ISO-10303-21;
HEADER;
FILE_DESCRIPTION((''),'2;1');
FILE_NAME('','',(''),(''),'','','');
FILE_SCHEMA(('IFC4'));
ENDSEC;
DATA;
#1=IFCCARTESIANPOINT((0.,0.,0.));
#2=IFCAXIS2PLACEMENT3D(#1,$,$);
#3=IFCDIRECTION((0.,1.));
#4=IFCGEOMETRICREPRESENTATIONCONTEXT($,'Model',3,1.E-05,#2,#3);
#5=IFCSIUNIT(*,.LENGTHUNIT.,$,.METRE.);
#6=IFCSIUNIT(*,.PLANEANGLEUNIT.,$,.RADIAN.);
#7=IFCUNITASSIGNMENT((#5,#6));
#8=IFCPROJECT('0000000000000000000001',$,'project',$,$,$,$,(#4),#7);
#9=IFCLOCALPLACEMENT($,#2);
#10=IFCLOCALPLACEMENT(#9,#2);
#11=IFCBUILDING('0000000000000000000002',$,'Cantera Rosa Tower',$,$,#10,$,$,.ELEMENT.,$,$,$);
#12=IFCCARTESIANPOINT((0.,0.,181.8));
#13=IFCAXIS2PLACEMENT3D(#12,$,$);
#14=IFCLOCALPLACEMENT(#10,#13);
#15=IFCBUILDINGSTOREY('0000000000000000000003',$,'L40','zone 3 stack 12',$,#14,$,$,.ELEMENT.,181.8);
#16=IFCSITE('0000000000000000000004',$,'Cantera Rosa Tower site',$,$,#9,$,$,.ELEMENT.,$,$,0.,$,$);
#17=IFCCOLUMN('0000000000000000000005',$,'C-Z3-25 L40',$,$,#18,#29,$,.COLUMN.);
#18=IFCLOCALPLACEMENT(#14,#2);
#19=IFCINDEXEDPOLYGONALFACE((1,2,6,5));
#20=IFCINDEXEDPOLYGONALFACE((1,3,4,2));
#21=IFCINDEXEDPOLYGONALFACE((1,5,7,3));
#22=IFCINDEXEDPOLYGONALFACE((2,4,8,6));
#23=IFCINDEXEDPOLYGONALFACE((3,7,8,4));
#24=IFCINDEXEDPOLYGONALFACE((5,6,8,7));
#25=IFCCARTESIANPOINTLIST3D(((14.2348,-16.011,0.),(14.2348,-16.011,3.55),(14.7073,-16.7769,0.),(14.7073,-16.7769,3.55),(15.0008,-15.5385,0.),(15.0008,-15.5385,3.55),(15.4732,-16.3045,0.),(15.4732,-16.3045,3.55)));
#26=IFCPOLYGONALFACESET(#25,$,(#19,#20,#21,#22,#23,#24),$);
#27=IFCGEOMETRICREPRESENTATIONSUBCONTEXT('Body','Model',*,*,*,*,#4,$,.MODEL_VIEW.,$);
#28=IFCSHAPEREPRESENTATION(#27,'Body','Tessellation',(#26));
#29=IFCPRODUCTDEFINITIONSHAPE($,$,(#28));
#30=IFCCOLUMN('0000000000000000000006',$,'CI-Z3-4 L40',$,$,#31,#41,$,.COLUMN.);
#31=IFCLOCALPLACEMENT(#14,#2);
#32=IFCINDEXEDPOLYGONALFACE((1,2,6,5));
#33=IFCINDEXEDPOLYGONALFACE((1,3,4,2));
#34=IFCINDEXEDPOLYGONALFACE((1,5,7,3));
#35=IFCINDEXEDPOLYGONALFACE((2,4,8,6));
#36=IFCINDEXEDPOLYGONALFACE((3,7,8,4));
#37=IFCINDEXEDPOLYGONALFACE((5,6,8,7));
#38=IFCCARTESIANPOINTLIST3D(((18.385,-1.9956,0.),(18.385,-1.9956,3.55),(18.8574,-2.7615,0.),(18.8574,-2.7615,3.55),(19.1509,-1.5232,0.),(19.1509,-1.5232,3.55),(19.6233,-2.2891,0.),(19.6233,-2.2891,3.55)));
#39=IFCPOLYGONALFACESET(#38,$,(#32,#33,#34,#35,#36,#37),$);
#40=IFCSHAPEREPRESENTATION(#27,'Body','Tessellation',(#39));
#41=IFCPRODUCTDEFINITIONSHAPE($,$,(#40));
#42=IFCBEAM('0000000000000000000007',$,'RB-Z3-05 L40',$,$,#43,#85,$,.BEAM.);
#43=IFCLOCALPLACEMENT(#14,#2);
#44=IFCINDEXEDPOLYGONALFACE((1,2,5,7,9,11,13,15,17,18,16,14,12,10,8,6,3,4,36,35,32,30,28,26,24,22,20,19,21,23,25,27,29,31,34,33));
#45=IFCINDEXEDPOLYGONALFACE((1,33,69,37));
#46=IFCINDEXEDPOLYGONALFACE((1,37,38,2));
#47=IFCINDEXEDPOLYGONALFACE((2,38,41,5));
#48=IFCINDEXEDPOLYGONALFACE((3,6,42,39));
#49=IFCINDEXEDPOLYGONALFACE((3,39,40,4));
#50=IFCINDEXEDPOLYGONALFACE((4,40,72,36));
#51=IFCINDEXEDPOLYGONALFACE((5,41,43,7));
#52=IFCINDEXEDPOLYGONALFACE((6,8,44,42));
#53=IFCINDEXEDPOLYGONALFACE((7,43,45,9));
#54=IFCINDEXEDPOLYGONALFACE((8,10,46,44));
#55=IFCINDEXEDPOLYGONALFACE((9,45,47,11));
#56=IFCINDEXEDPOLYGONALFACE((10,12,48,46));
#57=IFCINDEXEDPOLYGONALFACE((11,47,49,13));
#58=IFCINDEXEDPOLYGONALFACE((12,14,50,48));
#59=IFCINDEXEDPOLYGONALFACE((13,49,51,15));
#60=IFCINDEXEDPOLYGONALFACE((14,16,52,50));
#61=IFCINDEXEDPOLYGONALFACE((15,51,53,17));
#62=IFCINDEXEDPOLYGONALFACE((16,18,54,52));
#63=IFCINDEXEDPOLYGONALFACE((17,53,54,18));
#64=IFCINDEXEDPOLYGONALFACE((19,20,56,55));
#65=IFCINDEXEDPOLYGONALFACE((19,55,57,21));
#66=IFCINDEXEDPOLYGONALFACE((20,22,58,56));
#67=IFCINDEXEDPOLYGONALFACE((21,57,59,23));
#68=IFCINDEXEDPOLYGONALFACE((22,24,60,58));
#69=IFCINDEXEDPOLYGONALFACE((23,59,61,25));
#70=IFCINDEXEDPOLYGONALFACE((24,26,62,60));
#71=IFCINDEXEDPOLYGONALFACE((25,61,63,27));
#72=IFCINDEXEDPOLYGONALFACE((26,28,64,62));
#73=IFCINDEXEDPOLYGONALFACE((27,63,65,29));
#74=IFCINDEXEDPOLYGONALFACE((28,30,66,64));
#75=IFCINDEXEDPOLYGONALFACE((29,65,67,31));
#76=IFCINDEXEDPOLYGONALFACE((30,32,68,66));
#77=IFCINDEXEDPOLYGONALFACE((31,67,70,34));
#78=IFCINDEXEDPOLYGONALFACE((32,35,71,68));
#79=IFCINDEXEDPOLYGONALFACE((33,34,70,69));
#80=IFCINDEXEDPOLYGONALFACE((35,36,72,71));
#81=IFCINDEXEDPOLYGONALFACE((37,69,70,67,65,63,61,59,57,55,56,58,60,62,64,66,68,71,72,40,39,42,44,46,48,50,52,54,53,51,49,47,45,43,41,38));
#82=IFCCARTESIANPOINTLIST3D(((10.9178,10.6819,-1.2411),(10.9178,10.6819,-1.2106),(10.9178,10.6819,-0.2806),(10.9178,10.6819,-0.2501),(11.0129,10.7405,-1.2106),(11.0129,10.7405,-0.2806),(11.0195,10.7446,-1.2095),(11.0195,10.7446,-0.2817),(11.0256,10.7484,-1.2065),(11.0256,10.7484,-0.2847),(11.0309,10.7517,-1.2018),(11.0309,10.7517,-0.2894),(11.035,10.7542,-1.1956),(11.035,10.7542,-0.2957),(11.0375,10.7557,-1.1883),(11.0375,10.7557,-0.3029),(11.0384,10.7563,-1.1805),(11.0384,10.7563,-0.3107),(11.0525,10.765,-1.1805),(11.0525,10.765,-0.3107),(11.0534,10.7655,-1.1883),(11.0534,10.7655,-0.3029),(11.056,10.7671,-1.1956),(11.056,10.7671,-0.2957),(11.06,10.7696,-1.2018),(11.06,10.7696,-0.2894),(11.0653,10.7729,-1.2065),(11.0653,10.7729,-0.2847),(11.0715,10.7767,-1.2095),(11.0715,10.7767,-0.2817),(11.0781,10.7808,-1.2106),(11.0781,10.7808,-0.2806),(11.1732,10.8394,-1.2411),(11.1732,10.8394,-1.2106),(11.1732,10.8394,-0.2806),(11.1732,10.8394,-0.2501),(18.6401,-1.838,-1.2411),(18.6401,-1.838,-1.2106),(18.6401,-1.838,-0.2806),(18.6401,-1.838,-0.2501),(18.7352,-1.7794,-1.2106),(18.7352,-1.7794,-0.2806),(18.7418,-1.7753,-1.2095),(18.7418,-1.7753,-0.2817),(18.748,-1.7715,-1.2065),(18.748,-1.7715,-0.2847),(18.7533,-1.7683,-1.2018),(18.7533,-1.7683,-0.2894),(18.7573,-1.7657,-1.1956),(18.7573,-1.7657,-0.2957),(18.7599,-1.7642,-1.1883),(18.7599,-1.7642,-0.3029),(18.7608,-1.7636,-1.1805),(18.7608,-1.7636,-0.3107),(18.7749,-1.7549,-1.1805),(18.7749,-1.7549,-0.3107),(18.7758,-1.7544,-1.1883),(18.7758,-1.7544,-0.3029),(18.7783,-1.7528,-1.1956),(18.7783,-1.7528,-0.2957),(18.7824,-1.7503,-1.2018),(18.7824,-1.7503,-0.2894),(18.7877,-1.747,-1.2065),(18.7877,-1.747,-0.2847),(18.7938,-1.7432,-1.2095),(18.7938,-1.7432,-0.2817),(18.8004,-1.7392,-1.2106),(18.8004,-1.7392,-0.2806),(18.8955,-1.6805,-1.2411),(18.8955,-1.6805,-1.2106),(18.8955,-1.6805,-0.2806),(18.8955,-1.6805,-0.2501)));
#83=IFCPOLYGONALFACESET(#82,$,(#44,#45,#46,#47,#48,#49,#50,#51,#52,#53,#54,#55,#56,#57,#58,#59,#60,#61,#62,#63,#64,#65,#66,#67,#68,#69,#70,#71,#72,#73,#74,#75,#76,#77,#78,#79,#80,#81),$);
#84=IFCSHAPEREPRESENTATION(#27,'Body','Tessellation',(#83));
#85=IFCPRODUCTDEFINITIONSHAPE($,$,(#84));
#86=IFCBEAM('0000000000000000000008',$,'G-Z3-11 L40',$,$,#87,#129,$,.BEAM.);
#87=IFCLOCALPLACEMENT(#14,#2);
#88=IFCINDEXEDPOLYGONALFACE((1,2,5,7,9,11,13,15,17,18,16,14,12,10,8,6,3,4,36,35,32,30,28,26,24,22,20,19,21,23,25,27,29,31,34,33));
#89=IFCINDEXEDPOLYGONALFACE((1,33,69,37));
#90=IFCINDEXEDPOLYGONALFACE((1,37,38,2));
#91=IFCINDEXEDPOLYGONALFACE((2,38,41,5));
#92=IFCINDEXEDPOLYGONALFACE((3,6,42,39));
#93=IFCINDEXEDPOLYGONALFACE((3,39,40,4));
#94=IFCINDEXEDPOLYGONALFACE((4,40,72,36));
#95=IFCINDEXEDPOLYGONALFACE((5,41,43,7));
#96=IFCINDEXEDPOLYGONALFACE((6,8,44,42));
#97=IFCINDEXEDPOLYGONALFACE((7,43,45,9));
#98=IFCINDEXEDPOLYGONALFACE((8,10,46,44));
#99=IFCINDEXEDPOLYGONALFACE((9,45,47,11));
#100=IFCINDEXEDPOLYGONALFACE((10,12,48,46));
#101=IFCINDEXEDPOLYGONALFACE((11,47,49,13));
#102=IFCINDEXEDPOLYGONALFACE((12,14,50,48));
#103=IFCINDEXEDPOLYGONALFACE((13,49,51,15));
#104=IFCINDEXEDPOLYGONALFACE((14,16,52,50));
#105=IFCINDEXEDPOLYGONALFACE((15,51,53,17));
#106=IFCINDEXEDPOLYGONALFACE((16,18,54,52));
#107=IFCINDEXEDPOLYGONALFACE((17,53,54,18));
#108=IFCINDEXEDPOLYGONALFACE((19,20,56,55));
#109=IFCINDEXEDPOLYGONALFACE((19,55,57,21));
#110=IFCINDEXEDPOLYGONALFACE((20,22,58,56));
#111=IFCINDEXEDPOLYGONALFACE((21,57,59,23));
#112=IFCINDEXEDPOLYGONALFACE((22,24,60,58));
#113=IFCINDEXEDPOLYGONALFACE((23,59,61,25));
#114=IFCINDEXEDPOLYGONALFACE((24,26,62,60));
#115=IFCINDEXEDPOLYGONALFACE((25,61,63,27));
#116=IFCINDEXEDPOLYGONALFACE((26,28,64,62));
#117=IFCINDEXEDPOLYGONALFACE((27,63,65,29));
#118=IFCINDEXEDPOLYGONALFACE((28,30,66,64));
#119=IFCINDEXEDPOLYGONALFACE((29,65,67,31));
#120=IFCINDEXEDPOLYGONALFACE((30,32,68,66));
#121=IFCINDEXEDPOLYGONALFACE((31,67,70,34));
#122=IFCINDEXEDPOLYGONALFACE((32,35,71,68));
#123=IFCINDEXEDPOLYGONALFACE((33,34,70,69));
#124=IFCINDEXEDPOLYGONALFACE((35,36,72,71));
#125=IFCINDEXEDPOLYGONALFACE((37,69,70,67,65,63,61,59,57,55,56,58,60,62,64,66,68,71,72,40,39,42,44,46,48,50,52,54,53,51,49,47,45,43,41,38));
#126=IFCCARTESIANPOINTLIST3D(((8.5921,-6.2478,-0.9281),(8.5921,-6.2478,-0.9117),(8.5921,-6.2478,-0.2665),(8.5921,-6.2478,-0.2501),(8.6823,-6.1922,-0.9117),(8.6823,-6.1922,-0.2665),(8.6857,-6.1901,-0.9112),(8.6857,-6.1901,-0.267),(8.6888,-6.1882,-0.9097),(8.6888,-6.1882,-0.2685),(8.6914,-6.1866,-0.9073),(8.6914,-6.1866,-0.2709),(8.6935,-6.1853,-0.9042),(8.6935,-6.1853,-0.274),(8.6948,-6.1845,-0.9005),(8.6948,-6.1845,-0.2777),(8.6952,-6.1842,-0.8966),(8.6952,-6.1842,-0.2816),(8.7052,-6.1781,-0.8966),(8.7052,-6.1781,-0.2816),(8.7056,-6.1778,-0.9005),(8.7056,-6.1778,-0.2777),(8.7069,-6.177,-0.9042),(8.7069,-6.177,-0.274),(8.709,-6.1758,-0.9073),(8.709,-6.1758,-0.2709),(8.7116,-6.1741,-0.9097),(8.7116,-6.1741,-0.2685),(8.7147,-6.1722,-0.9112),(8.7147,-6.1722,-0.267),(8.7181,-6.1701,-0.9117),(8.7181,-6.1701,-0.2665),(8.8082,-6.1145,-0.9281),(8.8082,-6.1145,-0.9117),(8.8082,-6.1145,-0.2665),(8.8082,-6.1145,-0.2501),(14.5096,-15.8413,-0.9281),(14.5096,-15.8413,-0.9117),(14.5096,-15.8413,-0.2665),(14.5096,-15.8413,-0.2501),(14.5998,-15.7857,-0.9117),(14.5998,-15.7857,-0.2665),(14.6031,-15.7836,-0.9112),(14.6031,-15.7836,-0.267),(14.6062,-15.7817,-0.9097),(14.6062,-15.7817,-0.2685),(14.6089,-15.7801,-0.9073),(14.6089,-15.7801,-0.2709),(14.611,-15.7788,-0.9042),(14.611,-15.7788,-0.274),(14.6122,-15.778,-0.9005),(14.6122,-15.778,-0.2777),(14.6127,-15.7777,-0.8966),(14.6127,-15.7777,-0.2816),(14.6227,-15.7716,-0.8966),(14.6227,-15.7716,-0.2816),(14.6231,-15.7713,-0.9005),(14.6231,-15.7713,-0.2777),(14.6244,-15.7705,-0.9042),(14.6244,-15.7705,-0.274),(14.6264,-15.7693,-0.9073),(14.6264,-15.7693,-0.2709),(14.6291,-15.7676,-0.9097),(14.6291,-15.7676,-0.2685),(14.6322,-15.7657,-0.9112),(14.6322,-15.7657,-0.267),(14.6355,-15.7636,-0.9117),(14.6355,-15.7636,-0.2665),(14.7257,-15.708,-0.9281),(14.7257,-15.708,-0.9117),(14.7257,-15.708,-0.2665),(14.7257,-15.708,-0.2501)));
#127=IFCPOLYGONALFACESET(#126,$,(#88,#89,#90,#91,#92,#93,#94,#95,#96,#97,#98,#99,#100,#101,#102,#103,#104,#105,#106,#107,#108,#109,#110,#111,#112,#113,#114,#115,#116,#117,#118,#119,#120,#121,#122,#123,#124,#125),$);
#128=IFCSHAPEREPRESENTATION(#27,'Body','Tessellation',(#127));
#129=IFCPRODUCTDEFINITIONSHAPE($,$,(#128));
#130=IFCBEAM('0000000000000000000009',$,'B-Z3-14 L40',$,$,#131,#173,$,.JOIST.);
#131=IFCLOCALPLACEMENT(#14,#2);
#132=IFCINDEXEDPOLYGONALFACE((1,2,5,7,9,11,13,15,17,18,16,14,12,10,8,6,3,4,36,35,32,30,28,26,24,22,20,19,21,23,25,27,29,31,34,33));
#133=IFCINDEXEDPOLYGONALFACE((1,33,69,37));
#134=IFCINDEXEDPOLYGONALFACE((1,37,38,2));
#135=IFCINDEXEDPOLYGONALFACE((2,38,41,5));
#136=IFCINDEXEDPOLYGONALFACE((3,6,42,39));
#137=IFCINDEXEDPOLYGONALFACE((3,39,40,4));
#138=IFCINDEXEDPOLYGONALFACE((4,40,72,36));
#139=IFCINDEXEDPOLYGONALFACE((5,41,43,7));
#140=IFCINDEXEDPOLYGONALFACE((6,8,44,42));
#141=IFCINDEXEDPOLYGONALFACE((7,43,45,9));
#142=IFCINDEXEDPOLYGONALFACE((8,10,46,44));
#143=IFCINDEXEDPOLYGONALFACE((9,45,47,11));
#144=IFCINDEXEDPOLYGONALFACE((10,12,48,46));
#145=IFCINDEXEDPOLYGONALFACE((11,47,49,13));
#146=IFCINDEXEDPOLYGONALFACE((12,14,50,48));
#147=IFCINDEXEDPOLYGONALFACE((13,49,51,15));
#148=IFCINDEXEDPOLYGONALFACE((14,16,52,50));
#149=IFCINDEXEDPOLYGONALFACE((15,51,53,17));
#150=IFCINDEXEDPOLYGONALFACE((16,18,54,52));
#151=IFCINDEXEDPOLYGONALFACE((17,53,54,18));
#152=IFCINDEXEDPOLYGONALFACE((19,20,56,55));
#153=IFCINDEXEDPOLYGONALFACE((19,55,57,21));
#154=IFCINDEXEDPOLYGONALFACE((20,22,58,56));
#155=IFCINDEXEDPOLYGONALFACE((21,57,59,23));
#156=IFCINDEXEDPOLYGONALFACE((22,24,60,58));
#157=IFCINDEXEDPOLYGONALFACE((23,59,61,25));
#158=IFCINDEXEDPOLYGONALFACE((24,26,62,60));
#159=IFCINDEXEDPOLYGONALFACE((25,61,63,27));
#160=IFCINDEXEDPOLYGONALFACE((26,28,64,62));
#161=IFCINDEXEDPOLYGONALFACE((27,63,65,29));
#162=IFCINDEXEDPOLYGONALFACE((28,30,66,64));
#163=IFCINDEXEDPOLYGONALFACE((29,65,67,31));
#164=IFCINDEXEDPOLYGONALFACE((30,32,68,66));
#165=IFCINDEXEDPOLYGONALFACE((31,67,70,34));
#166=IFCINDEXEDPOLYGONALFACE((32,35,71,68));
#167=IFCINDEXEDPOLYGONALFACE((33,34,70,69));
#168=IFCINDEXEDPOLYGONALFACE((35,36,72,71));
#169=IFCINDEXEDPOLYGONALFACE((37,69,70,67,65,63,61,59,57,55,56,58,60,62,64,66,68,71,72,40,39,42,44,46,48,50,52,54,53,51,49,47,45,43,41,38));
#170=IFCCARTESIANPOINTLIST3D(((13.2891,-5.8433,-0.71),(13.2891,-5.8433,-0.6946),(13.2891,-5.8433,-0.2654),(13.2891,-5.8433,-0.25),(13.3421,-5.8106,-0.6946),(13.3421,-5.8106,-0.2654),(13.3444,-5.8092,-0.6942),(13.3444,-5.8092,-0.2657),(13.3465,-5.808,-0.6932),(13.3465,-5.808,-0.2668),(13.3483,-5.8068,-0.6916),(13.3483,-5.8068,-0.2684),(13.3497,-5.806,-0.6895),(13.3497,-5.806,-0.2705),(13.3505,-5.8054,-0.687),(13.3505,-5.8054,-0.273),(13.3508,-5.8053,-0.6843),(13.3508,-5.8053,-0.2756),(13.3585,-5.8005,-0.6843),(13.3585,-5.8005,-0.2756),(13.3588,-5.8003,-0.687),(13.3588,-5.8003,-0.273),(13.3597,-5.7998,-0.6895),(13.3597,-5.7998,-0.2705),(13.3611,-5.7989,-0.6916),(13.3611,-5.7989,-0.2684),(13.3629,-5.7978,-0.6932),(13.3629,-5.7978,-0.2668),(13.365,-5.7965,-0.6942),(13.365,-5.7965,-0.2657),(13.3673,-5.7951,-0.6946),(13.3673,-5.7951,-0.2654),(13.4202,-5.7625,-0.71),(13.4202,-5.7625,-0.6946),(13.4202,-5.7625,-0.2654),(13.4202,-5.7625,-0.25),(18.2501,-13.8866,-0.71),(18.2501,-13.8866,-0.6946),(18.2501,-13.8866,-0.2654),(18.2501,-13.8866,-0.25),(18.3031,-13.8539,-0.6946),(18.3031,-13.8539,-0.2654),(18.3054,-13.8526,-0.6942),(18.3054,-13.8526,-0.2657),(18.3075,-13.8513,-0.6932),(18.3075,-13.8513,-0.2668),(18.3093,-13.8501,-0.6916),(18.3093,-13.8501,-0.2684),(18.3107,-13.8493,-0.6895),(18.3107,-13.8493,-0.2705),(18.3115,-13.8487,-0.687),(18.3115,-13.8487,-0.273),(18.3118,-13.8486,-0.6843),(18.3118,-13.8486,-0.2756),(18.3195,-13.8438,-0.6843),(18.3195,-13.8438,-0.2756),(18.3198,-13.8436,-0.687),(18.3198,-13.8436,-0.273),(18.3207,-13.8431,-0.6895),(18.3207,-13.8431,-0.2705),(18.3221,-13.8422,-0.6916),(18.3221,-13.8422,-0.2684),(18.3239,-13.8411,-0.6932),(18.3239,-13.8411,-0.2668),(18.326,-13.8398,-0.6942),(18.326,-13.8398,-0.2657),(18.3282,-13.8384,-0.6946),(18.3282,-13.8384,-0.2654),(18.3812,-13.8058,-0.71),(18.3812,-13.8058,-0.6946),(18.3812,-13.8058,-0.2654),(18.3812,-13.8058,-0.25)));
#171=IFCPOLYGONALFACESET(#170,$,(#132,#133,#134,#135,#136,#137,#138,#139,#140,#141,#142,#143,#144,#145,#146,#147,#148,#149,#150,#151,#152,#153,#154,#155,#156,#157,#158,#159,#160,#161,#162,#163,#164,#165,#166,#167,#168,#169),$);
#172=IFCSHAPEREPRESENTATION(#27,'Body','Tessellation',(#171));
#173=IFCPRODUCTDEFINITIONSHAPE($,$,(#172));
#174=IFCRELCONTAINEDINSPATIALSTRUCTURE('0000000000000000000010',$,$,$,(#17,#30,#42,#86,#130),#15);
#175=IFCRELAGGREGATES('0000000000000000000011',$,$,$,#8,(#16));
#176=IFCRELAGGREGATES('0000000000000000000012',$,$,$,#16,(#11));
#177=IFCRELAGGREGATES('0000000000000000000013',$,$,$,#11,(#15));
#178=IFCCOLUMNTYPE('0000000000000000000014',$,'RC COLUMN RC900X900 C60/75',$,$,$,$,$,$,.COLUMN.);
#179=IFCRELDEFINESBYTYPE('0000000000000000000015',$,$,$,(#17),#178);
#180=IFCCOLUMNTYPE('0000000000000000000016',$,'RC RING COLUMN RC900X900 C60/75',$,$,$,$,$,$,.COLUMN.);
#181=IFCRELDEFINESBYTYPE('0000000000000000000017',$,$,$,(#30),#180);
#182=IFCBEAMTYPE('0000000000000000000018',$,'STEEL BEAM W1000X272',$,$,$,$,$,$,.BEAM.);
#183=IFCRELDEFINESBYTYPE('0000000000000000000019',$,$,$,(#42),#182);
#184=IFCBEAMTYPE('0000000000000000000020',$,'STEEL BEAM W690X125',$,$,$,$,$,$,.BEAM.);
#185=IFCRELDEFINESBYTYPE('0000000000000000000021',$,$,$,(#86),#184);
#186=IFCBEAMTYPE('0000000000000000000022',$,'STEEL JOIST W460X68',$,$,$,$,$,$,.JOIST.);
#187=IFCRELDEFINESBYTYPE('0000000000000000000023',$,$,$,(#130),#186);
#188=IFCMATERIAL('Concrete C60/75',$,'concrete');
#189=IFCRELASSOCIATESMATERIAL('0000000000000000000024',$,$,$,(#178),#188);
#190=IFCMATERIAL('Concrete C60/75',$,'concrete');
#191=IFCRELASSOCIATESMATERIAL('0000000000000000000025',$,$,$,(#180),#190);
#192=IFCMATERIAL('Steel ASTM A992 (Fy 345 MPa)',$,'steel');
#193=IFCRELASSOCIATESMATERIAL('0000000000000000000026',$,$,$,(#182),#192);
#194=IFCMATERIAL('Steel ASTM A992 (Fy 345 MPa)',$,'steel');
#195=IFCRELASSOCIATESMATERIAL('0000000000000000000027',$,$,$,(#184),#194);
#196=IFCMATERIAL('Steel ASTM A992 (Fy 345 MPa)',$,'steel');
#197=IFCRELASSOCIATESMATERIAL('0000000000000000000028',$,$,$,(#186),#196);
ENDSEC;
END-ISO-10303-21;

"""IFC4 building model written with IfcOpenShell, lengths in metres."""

from ifc_helpers import new_model, si_unit, direction, frame, origin, origin_2d, place, context, subcontext, project, spatial, rectangle, i_section, extrude, material, material_profile, profile_set, type_object, element, save


model = new_model("IFC4")

# Units and contexts
model_context = context("Model", 3, precision=1e-05, world=origin(), true_north=direction((0.0, 1.0)))
body_context = subcontext(model_context, "Body", "Model", "MODEL_VIEW")
ifc_project = project(units=[si_unit("LENGTHUNIT", "METRE"), si_unit("PLANEANGLEUNIT", "RADIAN")], contexts=[model_context])

# Site, building, storey
site_placement = place(None, origin())
site = spatial("IfcSite", under=ifc_project, at=site_placement, Name="Cantera Rosa Tower site", CompositionType="ELEMENT", RefElevation=0.0)
building_placement = place(site_placement, origin())
building = spatial("IfcBuilding", under=site, at=building_placement, Name="Cantera Rosa Tower", CompositionType="ELEMENT")
storey_placement = place(building_placement, frame((0.0, 0.0, 181.8)))
storey = spatial("IfcBuildingStorey", under=building, at=storey_placement, Name="L40", Description="zone 3 stack 12", CompositionType="ELEMENT", Elevation=181.8)

# Columns
ifc_material_1 = material(Name="Concrete C60/75", Category="concrete")
ifc_material_profile_1 = material_profile(ifc_material_1, rectangle(XDim=0.8999, YDim=0.8999, at=origin_2d()), Name="RC COLUMN RC900X900 C60/75")
ifc_profile_set_1 = profile_set([ifc_material_profile_1], Name="Concrete C60/75")
column_type_1 = type_object("IfcColumnType", Name="RC COLUMN RC900X900 C60/75", PredefinedType="COLUMN", material=ifc_profile_set_1)
column_1_placement = place(storey_placement, frame((14.854, -16.1577, 0.0), z_axis=(0.0, 0.0, 1.0), x_axis=(0.851117, 0.524977, 0.0)))
element("IfcColumn", 1, at=column_1_placement, inside=storey, type_object=column_type_1, Name="C-Z3-25 L40", PredefinedType="COLUMN", context=body_context, shape_type="SweptSolid", body=[
    extrude(rectangle(XDim=0.8999, YDim=0.8999, at=origin_2d()), origin(), (0.0, 0.0, 1.0), 3.55),
])
ifc_material_2 = material(Name="Concrete C60/75", Category="concrete")
ifc_material_profile_2 = material_profile(ifc_material_2, rectangle(XDim=0.8999, YDim=0.8999, at=origin_2d()), Name="RC RING COLUMN RC900X900 C60/75")
ifc_profile_set_2 = profile_set([ifc_material_profile_2], Name="Concrete C60/75")
column_type_2 = type_object("IfcColumnType", Name="RC RING COLUMN RC900X900 C60/75", PredefinedType="COLUMN", material=ifc_profile_set_2)
column_2_placement = place(storey_placement, frame((19.0042, -2.1423, 0.0), z_axis=(0.0, 0.0, 1.0), x_axis=(0.851117, 0.524977, 0.0)))
element("IfcColumn", 2, at=column_2_placement, inside=storey, type_object=column_type_2, Name="CI-Z3-4 L40", PredefinedType="COLUMN", context=body_context, shape_type="SweptSolid", body=[
    extrude(rectangle(XDim=0.8999, YDim=0.8999, at=origin_2d()), origin(), (0.0, 0.0, 1.0), 3.55),
])

# Beams
ifc_material_3 = material(Name="Steel ASTM A992 (Fy 345 MPa)", Category="steel")
ifc_material_profile_3 = material_profile(ifc_material_3, i_section(OverallWidth=0.3, OverallDepth=0.991, WebThickness=0.0166, FlangeThickness=0.0305, FilletRadius=0.03, at=origin_2d()), Name="W1000X272")
ifc_profile_set_3 = profile_set([ifc_material_profile_3], Name="Steel ASTM A992 (Fy 345 MPa)")
beam_type_1 = type_object("IfcBeamType", Name="STEEL BEAM W1000X272", PredefinedType="BEAM", material=ifc_profile_set_3)
beam_1_placement = place(storey_placement, frame((18.7678, -1.7593, -0.7456), z_axis=(-0.524974, 0.851118, 0.0), x_axis=(-0.851118, -0.524974, 0.0)))
element("IfcBeam", 3, at=beam_1_placement, inside=storey, type_object=beam_type_1, Name="RB-Z3-05 L40", PredefinedType="BEAM", context=body_context, shape_type="SweptSolid", body=[
    extrude(i_section(OverallWidth=0.3, OverallDepth=0.991, WebThickness=0.0166, FlangeThickness=0.0305, FilletRadius=0.03, at=origin_2d()), origin(), (0.0, 0.0, 1.0), 14.71),
])
ifc_material_4 = material(Name="Steel ASTM A992 (Fy 345 MPa)", Category="steel")
ifc_material_profile_4 = material_profile(ifc_material_4, i_section(OverallWidth=0.2539, OverallDepth=0.678, WebThickness=0.0117, FlangeThickness=0.0164, FilletRadius=0.0151, at=origin_2d()), Name="W690X125")
ifc_profile_set_4 = profile_set([ifc_material_profile_4], Name="Steel ASTM A992 (Fy 345 MPa)")
beam_type_2 = type_object("IfcBeamType", Name="STEEL BEAM W690X125", PredefinedType="BEAM", material=ifc_profile_set_4)
beam_2_placement = place(storey_placement, frame((14.6177, -15.7747, -0.5891), z_axis=(-0.524984, 0.851112, 0.0), x_axis=(-0.851112, -0.524984, 0.0)))
element("IfcBeam", 4, at=beam_2_placement, inside=storey, type_object=beam_type_2, Name="G-Z3-11 L40", PredefinedType="BEAM", context=body_context, shape_type="SweptSolid", body=[
    extrude(i_section(OverallWidth=0.2539, OverallDepth=0.678, WebThickness=0.0117, FlangeThickness=0.0164, FilletRadius=0.0151, at=origin_2d()), origin(), (0.0, 0.0, 1.0), 11.2717),
])
ifc_material_5 = material(Name="Steel ASTM A992 (Fy 345 MPa)", Category="steel")
ifc_material_profile_5 = material_profile(ifc_material_5, i_section(OverallWidth=0.1541, OverallDepth=0.46, WebThickness=0.009, FlangeThickness=0.0154, FilletRadius=0.0103, at=origin_2d()), Name="W460X68")
ifc_profile_set_5 = profile_set([ifc_material_profile_5], Name="Steel ASTM A992 (Fy 345 MPa)")
beam_type_3 = type_object("IfcBeamType", Name="STEEL JOIST W460X68", PredefinedType="JOIST", material=ifc_profile_set_5)
beam_3_placement = place(storey_placement, frame((18.3157, -13.8462, -0.48), z_axis=(-0.524962, 0.851126, 0.0), x_axis=(-0.851126, -0.524962, 0.0)))
element("IfcBeam", 5, at=beam_3_placement, inside=storey, type_object=beam_type_3, Name="B-Z3-14 L40", PredefinedType="JOIST", context=body_context, shape_type="SweptSolid", body=[
    extrude(i_section(OverallWidth=0.1541, OverallDepth=0.46, WebThickness=0.009, FlangeThickness=0.0154, FilletRadius=0.0103, at=origin_2d()), origin(), (0.0, 0.0, 1.0), 9.4502),
])

save(model, "model.ifc")
